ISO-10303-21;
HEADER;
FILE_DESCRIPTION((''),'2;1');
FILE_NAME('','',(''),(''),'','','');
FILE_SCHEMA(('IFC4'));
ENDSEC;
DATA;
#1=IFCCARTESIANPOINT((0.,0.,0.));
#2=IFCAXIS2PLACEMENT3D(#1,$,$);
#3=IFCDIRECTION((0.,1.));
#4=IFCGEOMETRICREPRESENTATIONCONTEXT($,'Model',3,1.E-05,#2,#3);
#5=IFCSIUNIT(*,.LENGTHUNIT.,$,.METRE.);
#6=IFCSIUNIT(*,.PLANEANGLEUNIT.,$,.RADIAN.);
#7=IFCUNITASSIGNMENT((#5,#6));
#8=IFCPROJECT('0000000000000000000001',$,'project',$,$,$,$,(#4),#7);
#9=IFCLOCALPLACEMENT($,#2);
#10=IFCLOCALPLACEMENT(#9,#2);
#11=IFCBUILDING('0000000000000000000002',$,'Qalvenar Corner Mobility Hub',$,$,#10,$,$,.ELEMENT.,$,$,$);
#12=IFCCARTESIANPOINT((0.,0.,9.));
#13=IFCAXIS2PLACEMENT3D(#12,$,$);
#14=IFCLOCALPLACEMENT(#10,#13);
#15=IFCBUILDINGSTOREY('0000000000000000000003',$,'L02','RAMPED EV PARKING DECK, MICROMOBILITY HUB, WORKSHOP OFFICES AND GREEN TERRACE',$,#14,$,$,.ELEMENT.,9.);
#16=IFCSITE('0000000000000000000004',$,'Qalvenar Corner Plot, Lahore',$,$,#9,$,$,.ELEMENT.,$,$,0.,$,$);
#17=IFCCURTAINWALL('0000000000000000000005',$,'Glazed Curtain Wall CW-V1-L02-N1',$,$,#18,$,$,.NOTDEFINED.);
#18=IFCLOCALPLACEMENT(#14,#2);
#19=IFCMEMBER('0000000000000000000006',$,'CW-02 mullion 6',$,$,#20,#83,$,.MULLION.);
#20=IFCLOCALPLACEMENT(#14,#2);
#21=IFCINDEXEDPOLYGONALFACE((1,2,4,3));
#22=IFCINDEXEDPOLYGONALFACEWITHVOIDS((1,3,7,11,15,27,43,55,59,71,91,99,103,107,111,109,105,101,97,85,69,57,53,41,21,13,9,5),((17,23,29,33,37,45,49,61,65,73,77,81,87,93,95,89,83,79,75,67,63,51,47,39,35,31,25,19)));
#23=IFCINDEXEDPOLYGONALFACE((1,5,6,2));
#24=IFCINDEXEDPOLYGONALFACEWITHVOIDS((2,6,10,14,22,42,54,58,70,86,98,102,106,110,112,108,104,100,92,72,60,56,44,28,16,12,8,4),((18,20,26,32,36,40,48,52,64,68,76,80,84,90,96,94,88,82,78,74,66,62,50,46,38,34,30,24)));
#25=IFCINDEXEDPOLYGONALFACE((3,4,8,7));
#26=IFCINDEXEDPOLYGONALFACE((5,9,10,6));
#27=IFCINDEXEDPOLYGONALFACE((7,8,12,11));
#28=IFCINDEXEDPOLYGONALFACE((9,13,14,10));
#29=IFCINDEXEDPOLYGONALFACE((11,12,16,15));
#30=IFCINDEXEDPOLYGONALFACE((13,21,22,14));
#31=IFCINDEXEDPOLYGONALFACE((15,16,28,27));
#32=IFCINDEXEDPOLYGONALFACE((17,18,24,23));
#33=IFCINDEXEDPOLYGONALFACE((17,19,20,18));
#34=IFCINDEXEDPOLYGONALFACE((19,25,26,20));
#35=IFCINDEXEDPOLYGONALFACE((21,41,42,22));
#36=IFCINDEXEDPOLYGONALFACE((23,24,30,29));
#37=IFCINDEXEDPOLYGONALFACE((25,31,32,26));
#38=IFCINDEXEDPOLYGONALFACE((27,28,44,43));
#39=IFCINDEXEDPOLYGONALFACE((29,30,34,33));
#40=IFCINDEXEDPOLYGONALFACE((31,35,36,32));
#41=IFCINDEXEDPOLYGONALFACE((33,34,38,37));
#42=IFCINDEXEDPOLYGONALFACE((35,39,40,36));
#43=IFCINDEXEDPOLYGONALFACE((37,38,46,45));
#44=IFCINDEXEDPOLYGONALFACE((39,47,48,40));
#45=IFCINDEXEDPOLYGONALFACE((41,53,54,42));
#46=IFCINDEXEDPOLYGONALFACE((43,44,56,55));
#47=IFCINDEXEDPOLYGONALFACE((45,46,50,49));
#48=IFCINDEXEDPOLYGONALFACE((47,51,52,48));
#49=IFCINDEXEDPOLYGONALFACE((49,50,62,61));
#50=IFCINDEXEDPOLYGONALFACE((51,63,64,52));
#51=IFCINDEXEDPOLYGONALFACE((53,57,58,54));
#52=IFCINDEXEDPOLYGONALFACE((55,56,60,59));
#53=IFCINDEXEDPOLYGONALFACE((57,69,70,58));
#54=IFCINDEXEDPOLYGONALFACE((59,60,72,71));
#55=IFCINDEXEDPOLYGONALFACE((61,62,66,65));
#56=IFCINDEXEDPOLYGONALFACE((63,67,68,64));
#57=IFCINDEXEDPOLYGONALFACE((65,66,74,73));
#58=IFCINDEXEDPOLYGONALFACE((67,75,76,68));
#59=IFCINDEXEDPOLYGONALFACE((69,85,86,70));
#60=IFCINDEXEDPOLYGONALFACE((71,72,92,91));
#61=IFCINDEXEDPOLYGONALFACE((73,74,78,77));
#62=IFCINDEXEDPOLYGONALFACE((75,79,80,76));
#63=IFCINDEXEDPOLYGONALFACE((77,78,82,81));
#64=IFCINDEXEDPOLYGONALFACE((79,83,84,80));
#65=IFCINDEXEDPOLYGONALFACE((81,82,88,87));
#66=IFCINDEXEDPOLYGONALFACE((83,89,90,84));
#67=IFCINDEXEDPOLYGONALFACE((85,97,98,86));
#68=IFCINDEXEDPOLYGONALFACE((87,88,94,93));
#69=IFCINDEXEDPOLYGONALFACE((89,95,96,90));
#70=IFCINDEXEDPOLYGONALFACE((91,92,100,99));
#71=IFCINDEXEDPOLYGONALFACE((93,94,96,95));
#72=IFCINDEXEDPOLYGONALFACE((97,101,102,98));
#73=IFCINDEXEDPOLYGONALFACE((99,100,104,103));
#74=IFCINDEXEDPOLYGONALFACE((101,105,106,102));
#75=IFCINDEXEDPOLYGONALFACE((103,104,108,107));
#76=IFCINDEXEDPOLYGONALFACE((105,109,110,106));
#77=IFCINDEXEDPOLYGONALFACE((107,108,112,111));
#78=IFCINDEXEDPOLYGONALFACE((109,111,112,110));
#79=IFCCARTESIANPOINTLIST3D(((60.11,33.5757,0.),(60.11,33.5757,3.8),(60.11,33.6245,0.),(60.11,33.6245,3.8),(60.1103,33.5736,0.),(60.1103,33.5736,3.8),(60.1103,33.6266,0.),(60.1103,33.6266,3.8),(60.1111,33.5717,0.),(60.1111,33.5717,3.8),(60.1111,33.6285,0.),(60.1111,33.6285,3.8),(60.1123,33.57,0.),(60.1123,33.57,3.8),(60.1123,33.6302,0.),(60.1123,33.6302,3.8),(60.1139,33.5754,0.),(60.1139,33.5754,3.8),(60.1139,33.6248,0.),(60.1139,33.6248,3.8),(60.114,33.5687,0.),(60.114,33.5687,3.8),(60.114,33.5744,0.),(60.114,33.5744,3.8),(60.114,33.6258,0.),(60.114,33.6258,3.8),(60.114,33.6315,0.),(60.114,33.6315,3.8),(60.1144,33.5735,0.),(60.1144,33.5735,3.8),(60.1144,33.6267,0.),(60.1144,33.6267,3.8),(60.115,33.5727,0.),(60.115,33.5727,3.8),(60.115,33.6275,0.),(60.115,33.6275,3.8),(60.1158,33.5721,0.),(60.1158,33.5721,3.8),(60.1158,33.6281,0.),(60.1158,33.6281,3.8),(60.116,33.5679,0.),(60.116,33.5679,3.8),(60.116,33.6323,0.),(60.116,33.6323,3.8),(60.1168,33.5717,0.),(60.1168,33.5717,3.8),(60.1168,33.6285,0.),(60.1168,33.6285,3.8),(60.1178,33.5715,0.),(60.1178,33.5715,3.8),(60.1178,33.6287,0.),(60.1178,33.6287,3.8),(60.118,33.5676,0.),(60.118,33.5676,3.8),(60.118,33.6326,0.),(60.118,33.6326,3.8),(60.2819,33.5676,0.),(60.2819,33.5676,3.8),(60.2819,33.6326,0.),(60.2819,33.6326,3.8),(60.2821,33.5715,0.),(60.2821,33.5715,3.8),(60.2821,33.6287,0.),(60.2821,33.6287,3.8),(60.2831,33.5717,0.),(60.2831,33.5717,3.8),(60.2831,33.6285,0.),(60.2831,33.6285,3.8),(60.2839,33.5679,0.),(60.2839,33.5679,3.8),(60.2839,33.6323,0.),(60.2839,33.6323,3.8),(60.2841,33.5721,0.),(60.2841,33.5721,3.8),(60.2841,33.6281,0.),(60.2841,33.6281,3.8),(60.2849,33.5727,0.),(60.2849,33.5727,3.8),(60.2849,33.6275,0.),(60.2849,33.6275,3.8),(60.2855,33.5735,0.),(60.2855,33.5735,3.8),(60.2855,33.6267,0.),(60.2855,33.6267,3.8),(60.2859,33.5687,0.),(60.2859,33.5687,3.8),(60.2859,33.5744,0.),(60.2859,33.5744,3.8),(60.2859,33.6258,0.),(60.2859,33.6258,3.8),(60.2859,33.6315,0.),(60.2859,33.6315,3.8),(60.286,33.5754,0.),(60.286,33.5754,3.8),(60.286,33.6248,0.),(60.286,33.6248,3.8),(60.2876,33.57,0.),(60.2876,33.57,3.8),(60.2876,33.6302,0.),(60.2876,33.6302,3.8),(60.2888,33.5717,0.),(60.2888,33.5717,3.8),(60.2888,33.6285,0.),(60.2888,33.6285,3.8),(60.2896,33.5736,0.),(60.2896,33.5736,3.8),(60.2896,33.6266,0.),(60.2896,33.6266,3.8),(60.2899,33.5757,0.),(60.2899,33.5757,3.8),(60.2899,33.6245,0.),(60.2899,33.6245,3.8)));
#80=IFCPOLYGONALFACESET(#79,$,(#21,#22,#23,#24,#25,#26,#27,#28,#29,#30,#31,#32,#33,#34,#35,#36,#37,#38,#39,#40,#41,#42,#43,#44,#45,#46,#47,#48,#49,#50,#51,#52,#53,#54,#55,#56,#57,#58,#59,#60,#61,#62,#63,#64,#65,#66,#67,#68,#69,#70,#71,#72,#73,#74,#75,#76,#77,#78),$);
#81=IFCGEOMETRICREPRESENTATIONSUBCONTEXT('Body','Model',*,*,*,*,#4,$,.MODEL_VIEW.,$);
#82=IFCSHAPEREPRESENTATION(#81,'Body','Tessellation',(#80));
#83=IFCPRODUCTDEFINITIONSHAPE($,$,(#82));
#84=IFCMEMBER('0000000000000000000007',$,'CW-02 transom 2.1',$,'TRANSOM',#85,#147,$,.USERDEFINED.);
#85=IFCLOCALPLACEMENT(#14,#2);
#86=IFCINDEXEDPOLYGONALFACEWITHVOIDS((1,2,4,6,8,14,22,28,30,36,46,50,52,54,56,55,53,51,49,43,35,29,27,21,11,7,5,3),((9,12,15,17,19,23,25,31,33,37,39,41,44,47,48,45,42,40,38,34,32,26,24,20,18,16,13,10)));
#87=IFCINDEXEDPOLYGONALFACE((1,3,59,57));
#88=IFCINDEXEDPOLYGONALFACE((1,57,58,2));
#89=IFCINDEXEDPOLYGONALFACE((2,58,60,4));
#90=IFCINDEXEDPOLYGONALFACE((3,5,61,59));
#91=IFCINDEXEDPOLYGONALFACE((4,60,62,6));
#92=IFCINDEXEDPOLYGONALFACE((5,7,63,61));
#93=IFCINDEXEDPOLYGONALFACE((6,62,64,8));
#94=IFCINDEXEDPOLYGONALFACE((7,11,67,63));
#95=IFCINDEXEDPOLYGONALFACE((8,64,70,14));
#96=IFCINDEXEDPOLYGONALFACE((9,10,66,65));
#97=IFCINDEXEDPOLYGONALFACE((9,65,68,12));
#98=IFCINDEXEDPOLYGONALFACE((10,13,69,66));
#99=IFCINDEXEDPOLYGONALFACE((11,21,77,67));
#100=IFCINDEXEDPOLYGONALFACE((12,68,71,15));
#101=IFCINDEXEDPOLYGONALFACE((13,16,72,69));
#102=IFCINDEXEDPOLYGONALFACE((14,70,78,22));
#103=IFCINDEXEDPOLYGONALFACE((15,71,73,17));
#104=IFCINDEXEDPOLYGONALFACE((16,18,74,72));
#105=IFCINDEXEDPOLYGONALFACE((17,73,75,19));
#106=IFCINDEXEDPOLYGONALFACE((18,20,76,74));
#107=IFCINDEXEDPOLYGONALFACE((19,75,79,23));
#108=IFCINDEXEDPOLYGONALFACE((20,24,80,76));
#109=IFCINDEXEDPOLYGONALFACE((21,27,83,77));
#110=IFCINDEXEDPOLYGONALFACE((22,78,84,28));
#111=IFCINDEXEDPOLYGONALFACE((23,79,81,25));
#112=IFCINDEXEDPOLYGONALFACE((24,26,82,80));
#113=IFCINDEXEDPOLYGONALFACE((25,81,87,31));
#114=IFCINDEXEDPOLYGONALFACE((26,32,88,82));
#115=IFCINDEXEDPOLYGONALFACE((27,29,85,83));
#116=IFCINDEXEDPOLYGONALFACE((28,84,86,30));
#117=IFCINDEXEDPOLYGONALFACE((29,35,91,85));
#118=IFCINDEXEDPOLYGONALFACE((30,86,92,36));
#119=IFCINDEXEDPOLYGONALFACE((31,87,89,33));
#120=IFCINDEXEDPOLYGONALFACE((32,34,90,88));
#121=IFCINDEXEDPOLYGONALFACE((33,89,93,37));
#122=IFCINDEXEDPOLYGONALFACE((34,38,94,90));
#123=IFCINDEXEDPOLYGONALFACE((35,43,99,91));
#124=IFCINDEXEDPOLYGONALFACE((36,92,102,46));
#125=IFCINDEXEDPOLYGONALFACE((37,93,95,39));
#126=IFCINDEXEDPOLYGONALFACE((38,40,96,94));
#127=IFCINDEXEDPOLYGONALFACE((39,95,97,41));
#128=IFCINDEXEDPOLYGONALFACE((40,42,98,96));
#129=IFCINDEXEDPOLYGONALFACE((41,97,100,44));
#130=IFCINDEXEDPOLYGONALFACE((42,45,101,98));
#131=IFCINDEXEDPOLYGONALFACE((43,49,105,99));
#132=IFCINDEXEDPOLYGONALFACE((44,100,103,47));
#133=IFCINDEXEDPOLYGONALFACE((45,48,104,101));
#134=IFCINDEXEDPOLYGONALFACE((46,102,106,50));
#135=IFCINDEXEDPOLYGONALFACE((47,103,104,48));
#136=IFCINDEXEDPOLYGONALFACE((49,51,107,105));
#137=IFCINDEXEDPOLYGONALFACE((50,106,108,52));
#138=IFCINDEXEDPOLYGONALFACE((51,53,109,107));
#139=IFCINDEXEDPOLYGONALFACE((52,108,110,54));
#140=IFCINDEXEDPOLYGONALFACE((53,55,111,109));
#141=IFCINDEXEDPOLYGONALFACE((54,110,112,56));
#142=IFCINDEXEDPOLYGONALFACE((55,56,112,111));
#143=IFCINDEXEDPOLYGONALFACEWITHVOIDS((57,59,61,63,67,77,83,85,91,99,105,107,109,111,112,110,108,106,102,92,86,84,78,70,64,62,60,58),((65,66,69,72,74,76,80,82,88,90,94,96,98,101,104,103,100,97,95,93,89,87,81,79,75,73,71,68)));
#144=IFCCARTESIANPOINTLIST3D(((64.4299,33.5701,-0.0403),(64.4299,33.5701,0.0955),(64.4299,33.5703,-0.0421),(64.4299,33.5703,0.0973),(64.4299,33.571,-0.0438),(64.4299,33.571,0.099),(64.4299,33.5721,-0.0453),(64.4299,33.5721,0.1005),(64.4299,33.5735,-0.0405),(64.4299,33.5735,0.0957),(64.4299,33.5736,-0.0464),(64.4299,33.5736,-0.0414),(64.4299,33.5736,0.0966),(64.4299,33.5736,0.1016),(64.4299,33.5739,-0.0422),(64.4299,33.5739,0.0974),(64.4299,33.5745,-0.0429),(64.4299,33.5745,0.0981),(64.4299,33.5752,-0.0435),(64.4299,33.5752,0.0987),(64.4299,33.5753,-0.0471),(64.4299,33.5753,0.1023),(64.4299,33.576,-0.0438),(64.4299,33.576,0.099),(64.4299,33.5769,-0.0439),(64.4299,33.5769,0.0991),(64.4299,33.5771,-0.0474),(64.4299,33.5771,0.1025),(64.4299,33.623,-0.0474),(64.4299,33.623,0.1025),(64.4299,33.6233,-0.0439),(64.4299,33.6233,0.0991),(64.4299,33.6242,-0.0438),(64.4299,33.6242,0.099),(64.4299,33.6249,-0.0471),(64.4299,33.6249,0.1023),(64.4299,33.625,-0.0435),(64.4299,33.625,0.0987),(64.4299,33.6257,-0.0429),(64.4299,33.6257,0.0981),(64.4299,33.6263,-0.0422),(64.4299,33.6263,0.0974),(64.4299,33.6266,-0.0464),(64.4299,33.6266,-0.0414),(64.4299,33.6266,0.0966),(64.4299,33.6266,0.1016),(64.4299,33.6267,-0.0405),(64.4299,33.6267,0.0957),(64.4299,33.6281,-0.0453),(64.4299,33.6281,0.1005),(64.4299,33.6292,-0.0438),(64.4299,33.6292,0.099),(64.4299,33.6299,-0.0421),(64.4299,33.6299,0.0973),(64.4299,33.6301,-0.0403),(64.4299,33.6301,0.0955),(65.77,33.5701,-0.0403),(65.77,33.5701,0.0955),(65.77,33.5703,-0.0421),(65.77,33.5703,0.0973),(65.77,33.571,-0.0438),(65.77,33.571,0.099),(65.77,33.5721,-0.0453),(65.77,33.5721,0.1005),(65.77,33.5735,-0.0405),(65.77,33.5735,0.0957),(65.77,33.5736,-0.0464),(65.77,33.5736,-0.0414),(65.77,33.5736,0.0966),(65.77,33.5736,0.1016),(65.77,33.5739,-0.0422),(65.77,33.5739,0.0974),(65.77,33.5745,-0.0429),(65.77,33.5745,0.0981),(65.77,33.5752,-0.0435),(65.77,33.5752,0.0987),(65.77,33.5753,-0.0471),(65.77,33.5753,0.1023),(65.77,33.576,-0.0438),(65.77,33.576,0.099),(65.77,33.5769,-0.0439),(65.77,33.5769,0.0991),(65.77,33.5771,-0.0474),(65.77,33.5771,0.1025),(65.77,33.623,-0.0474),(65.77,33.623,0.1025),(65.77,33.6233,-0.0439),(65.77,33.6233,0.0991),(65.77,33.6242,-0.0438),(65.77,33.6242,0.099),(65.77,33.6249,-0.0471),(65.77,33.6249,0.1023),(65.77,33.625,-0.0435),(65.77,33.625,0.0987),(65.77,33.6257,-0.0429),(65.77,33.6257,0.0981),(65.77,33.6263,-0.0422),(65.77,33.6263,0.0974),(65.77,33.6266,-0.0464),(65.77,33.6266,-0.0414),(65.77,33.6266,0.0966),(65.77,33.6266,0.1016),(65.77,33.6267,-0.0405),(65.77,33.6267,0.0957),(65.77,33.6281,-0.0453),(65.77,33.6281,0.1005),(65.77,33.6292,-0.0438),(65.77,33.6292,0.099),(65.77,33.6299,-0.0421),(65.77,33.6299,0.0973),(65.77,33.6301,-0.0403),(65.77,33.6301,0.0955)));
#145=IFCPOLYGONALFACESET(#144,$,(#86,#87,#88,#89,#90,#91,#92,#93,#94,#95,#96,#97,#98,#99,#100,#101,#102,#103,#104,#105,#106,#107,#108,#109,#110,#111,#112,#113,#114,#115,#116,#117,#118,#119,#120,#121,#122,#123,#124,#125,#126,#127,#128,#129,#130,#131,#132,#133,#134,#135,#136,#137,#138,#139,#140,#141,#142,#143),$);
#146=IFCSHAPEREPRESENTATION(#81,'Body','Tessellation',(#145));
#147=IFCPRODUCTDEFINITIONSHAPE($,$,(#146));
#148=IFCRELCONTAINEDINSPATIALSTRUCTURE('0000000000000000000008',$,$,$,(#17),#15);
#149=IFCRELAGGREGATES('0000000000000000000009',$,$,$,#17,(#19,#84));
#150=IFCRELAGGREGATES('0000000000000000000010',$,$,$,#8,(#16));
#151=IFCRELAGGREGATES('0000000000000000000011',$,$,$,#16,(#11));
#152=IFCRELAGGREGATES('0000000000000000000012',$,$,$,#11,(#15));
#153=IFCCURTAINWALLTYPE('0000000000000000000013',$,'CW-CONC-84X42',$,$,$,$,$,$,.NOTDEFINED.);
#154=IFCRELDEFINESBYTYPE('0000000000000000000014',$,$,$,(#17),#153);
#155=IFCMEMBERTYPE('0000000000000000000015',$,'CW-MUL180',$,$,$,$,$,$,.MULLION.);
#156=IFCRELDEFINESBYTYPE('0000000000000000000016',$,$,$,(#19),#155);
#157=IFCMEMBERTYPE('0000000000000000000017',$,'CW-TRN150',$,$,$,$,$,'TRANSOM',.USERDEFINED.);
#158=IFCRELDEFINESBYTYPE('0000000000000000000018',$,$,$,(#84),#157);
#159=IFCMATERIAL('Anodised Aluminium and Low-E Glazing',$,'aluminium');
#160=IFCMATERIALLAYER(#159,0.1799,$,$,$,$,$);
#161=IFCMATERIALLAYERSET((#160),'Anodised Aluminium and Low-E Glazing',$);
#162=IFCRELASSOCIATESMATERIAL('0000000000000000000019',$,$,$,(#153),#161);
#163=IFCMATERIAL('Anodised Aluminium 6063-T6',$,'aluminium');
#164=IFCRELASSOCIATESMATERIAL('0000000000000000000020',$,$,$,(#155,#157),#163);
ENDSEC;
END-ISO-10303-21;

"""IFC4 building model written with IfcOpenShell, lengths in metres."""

from ifc_helpers import new_model, si_unit, direction, frame, origin, origin_2d, place, context, subcontext, project, spatial, hollow_rectangle, extrude, material, layer, layer_set, material_profile, profile_set, type_object, element, aggregate, save


model = new_model("IFC4")

# Units and contexts
model_context = context("Model", 3, precision=1e-05, world=origin(), true_north=direction((0.0, 1.0)))
body_context = subcontext(model_context, "Body", "Model", "MODEL_VIEW")
ifc_project = project(units=[si_unit("LENGTHUNIT", "METRE"), si_unit("PLANEANGLEUNIT", "RADIAN")], contexts=[model_context])

# Site, building, storey
site_placement = place(None, origin())
site = spatial("IfcSite", under=ifc_project, at=site_placement, Name="Qalvenar Corner Plot, Lahore", CompositionType="ELEMENT", RefElevation=0.0)
building_placement = place(site_placement, origin())
building = spatial("IfcBuilding", under=site, at=building_placement, Name="Qalvenar Corner Mobility Hub", CompositionType="ELEMENT")
storey_placement = place(building_placement, frame((0.0, 0.0, 9.0)))
storey = spatial("IfcBuildingStorey", under=building, at=storey_placement, Name="L02", Description="RAMPED EV PARKING DECK, MICROMOBILITY HUB, WORKSHOP OFFICES AND GREEN TERRACE", CompositionType="ELEMENT", Elevation=9.0)

# Shared definitions
ifc_material_1 = material(Name="Anodised Aluminium and Low-E Glazing", Category="aluminium")
ifc_material_2 = material(Name="Anodised Aluminium 6063-T6", Category="aluminium")

# Curtain wall, members
ifc_layer_1 = layer(ifc_material_1, 0.1799)
ifc_layer_set_1 = layer_set([ifc_layer_1], Name="Anodised Aluminium and Low-E Glazing")
curtain_wall_type_1 = type_object("IfcCurtainWallType", Name="CW-CONC-84X42", PredefinedType="NOTDEFINED", material=ifc_layer_set_1)
curtain_wall_1_placement = place(storey_placement, origin())
curtain_wall_1 = element("IfcCurtainWall", 1, at=curtain_wall_1_placement, inside=storey, type_object=curtain_wall_type_1, Name="Glazed Curtain Wall CW-V1-L02-N1", PredefinedType="NOTDEFINED")
ifc_material_profile_1 = material_profile(ifc_material_2, hollow_rectangle(XDim=0.0649, YDim=0.1799, WallThickness=0.0039, InnerFilletRadius=0.0039, OuterFilletRadius=0.0081, at=origin_2d()), Name="RHS180x65x4")
ifc_profile_set_1 = profile_set([ifc_material_profile_1], Name="Anodised Aluminium 6063-T6")
member_type_1 = type_object("IfcMemberType", Name="CW-MUL180", PredefinedType="MULLION", material=ifc_profile_set_1)
member_1_placement = place(storey_placement, frame((60.2, 33.6001, 0.0), z_axis=(0.0, 0.0, 1.0), x_axis=(0.0, -1.0, 0.0)))
member_1 = element("IfcMember", 2, at=member_1_placement, type_object=member_type_1, Name="CW-02 mullion 6", PredefinedType="MULLION", context=body_context, shape_type="SweptSolid", body=[
    extrude(hollow_rectangle(XDim=0.0649, YDim=0.1799, WallThickness=0.0039, InnerFilletRadius=0.0039, OuterFilletRadius=0.0081, at=origin_2d()), origin(), (0.0, 0.0, 1.0), 3.8),
])
ifc_material_profile_2 = material_profile(ifc_material_2, hollow_rectangle(XDim=0.0601, YDim=0.1499, WallThickness=0.0034, InnerFilletRadius=0.0034, OuterFilletRadius=0.0071, at=origin_2d()), Name="RHS150x60x3.5")
ifc_profile_set_2 = profile_set([ifc_material_profile_2], Name="Anodised Aluminium 6063-T6")
member_type_2 = type_object("IfcMemberType", Name="CW-TRN150", ElementType="TRANSOM", PredefinedType="USERDEFINED", material=ifc_profile_set_2)
member_2_placement = place(storey_placement, frame((65.77, 33.6001, 0.0276), z_axis=(-1.0, 0.0, 0.0), x_axis=(0.0, -1.0, 0.0)))
member_2 = element("IfcMember", 3, at=member_2_placement, type_object=member_type_2, Name="CW-02 transom 2.1", ObjectType="TRANSOM", PredefinedType="USERDEFINED", context=body_context, shape_type="SweptSolid", body=[
    extrude(hollow_rectangle(XDim=0.0601, YDim=0.1499, WallThickness=0.0034, InnerFilletRadius=0.0034, OuterFilletRadius=0.0071, at=origin_2d()), origin(), (0.0, 0.0, 1.0), 1.3401),
])
aggregate(curtain_wall_1, [member_1, member_2])

save(model, "model.ifc")
